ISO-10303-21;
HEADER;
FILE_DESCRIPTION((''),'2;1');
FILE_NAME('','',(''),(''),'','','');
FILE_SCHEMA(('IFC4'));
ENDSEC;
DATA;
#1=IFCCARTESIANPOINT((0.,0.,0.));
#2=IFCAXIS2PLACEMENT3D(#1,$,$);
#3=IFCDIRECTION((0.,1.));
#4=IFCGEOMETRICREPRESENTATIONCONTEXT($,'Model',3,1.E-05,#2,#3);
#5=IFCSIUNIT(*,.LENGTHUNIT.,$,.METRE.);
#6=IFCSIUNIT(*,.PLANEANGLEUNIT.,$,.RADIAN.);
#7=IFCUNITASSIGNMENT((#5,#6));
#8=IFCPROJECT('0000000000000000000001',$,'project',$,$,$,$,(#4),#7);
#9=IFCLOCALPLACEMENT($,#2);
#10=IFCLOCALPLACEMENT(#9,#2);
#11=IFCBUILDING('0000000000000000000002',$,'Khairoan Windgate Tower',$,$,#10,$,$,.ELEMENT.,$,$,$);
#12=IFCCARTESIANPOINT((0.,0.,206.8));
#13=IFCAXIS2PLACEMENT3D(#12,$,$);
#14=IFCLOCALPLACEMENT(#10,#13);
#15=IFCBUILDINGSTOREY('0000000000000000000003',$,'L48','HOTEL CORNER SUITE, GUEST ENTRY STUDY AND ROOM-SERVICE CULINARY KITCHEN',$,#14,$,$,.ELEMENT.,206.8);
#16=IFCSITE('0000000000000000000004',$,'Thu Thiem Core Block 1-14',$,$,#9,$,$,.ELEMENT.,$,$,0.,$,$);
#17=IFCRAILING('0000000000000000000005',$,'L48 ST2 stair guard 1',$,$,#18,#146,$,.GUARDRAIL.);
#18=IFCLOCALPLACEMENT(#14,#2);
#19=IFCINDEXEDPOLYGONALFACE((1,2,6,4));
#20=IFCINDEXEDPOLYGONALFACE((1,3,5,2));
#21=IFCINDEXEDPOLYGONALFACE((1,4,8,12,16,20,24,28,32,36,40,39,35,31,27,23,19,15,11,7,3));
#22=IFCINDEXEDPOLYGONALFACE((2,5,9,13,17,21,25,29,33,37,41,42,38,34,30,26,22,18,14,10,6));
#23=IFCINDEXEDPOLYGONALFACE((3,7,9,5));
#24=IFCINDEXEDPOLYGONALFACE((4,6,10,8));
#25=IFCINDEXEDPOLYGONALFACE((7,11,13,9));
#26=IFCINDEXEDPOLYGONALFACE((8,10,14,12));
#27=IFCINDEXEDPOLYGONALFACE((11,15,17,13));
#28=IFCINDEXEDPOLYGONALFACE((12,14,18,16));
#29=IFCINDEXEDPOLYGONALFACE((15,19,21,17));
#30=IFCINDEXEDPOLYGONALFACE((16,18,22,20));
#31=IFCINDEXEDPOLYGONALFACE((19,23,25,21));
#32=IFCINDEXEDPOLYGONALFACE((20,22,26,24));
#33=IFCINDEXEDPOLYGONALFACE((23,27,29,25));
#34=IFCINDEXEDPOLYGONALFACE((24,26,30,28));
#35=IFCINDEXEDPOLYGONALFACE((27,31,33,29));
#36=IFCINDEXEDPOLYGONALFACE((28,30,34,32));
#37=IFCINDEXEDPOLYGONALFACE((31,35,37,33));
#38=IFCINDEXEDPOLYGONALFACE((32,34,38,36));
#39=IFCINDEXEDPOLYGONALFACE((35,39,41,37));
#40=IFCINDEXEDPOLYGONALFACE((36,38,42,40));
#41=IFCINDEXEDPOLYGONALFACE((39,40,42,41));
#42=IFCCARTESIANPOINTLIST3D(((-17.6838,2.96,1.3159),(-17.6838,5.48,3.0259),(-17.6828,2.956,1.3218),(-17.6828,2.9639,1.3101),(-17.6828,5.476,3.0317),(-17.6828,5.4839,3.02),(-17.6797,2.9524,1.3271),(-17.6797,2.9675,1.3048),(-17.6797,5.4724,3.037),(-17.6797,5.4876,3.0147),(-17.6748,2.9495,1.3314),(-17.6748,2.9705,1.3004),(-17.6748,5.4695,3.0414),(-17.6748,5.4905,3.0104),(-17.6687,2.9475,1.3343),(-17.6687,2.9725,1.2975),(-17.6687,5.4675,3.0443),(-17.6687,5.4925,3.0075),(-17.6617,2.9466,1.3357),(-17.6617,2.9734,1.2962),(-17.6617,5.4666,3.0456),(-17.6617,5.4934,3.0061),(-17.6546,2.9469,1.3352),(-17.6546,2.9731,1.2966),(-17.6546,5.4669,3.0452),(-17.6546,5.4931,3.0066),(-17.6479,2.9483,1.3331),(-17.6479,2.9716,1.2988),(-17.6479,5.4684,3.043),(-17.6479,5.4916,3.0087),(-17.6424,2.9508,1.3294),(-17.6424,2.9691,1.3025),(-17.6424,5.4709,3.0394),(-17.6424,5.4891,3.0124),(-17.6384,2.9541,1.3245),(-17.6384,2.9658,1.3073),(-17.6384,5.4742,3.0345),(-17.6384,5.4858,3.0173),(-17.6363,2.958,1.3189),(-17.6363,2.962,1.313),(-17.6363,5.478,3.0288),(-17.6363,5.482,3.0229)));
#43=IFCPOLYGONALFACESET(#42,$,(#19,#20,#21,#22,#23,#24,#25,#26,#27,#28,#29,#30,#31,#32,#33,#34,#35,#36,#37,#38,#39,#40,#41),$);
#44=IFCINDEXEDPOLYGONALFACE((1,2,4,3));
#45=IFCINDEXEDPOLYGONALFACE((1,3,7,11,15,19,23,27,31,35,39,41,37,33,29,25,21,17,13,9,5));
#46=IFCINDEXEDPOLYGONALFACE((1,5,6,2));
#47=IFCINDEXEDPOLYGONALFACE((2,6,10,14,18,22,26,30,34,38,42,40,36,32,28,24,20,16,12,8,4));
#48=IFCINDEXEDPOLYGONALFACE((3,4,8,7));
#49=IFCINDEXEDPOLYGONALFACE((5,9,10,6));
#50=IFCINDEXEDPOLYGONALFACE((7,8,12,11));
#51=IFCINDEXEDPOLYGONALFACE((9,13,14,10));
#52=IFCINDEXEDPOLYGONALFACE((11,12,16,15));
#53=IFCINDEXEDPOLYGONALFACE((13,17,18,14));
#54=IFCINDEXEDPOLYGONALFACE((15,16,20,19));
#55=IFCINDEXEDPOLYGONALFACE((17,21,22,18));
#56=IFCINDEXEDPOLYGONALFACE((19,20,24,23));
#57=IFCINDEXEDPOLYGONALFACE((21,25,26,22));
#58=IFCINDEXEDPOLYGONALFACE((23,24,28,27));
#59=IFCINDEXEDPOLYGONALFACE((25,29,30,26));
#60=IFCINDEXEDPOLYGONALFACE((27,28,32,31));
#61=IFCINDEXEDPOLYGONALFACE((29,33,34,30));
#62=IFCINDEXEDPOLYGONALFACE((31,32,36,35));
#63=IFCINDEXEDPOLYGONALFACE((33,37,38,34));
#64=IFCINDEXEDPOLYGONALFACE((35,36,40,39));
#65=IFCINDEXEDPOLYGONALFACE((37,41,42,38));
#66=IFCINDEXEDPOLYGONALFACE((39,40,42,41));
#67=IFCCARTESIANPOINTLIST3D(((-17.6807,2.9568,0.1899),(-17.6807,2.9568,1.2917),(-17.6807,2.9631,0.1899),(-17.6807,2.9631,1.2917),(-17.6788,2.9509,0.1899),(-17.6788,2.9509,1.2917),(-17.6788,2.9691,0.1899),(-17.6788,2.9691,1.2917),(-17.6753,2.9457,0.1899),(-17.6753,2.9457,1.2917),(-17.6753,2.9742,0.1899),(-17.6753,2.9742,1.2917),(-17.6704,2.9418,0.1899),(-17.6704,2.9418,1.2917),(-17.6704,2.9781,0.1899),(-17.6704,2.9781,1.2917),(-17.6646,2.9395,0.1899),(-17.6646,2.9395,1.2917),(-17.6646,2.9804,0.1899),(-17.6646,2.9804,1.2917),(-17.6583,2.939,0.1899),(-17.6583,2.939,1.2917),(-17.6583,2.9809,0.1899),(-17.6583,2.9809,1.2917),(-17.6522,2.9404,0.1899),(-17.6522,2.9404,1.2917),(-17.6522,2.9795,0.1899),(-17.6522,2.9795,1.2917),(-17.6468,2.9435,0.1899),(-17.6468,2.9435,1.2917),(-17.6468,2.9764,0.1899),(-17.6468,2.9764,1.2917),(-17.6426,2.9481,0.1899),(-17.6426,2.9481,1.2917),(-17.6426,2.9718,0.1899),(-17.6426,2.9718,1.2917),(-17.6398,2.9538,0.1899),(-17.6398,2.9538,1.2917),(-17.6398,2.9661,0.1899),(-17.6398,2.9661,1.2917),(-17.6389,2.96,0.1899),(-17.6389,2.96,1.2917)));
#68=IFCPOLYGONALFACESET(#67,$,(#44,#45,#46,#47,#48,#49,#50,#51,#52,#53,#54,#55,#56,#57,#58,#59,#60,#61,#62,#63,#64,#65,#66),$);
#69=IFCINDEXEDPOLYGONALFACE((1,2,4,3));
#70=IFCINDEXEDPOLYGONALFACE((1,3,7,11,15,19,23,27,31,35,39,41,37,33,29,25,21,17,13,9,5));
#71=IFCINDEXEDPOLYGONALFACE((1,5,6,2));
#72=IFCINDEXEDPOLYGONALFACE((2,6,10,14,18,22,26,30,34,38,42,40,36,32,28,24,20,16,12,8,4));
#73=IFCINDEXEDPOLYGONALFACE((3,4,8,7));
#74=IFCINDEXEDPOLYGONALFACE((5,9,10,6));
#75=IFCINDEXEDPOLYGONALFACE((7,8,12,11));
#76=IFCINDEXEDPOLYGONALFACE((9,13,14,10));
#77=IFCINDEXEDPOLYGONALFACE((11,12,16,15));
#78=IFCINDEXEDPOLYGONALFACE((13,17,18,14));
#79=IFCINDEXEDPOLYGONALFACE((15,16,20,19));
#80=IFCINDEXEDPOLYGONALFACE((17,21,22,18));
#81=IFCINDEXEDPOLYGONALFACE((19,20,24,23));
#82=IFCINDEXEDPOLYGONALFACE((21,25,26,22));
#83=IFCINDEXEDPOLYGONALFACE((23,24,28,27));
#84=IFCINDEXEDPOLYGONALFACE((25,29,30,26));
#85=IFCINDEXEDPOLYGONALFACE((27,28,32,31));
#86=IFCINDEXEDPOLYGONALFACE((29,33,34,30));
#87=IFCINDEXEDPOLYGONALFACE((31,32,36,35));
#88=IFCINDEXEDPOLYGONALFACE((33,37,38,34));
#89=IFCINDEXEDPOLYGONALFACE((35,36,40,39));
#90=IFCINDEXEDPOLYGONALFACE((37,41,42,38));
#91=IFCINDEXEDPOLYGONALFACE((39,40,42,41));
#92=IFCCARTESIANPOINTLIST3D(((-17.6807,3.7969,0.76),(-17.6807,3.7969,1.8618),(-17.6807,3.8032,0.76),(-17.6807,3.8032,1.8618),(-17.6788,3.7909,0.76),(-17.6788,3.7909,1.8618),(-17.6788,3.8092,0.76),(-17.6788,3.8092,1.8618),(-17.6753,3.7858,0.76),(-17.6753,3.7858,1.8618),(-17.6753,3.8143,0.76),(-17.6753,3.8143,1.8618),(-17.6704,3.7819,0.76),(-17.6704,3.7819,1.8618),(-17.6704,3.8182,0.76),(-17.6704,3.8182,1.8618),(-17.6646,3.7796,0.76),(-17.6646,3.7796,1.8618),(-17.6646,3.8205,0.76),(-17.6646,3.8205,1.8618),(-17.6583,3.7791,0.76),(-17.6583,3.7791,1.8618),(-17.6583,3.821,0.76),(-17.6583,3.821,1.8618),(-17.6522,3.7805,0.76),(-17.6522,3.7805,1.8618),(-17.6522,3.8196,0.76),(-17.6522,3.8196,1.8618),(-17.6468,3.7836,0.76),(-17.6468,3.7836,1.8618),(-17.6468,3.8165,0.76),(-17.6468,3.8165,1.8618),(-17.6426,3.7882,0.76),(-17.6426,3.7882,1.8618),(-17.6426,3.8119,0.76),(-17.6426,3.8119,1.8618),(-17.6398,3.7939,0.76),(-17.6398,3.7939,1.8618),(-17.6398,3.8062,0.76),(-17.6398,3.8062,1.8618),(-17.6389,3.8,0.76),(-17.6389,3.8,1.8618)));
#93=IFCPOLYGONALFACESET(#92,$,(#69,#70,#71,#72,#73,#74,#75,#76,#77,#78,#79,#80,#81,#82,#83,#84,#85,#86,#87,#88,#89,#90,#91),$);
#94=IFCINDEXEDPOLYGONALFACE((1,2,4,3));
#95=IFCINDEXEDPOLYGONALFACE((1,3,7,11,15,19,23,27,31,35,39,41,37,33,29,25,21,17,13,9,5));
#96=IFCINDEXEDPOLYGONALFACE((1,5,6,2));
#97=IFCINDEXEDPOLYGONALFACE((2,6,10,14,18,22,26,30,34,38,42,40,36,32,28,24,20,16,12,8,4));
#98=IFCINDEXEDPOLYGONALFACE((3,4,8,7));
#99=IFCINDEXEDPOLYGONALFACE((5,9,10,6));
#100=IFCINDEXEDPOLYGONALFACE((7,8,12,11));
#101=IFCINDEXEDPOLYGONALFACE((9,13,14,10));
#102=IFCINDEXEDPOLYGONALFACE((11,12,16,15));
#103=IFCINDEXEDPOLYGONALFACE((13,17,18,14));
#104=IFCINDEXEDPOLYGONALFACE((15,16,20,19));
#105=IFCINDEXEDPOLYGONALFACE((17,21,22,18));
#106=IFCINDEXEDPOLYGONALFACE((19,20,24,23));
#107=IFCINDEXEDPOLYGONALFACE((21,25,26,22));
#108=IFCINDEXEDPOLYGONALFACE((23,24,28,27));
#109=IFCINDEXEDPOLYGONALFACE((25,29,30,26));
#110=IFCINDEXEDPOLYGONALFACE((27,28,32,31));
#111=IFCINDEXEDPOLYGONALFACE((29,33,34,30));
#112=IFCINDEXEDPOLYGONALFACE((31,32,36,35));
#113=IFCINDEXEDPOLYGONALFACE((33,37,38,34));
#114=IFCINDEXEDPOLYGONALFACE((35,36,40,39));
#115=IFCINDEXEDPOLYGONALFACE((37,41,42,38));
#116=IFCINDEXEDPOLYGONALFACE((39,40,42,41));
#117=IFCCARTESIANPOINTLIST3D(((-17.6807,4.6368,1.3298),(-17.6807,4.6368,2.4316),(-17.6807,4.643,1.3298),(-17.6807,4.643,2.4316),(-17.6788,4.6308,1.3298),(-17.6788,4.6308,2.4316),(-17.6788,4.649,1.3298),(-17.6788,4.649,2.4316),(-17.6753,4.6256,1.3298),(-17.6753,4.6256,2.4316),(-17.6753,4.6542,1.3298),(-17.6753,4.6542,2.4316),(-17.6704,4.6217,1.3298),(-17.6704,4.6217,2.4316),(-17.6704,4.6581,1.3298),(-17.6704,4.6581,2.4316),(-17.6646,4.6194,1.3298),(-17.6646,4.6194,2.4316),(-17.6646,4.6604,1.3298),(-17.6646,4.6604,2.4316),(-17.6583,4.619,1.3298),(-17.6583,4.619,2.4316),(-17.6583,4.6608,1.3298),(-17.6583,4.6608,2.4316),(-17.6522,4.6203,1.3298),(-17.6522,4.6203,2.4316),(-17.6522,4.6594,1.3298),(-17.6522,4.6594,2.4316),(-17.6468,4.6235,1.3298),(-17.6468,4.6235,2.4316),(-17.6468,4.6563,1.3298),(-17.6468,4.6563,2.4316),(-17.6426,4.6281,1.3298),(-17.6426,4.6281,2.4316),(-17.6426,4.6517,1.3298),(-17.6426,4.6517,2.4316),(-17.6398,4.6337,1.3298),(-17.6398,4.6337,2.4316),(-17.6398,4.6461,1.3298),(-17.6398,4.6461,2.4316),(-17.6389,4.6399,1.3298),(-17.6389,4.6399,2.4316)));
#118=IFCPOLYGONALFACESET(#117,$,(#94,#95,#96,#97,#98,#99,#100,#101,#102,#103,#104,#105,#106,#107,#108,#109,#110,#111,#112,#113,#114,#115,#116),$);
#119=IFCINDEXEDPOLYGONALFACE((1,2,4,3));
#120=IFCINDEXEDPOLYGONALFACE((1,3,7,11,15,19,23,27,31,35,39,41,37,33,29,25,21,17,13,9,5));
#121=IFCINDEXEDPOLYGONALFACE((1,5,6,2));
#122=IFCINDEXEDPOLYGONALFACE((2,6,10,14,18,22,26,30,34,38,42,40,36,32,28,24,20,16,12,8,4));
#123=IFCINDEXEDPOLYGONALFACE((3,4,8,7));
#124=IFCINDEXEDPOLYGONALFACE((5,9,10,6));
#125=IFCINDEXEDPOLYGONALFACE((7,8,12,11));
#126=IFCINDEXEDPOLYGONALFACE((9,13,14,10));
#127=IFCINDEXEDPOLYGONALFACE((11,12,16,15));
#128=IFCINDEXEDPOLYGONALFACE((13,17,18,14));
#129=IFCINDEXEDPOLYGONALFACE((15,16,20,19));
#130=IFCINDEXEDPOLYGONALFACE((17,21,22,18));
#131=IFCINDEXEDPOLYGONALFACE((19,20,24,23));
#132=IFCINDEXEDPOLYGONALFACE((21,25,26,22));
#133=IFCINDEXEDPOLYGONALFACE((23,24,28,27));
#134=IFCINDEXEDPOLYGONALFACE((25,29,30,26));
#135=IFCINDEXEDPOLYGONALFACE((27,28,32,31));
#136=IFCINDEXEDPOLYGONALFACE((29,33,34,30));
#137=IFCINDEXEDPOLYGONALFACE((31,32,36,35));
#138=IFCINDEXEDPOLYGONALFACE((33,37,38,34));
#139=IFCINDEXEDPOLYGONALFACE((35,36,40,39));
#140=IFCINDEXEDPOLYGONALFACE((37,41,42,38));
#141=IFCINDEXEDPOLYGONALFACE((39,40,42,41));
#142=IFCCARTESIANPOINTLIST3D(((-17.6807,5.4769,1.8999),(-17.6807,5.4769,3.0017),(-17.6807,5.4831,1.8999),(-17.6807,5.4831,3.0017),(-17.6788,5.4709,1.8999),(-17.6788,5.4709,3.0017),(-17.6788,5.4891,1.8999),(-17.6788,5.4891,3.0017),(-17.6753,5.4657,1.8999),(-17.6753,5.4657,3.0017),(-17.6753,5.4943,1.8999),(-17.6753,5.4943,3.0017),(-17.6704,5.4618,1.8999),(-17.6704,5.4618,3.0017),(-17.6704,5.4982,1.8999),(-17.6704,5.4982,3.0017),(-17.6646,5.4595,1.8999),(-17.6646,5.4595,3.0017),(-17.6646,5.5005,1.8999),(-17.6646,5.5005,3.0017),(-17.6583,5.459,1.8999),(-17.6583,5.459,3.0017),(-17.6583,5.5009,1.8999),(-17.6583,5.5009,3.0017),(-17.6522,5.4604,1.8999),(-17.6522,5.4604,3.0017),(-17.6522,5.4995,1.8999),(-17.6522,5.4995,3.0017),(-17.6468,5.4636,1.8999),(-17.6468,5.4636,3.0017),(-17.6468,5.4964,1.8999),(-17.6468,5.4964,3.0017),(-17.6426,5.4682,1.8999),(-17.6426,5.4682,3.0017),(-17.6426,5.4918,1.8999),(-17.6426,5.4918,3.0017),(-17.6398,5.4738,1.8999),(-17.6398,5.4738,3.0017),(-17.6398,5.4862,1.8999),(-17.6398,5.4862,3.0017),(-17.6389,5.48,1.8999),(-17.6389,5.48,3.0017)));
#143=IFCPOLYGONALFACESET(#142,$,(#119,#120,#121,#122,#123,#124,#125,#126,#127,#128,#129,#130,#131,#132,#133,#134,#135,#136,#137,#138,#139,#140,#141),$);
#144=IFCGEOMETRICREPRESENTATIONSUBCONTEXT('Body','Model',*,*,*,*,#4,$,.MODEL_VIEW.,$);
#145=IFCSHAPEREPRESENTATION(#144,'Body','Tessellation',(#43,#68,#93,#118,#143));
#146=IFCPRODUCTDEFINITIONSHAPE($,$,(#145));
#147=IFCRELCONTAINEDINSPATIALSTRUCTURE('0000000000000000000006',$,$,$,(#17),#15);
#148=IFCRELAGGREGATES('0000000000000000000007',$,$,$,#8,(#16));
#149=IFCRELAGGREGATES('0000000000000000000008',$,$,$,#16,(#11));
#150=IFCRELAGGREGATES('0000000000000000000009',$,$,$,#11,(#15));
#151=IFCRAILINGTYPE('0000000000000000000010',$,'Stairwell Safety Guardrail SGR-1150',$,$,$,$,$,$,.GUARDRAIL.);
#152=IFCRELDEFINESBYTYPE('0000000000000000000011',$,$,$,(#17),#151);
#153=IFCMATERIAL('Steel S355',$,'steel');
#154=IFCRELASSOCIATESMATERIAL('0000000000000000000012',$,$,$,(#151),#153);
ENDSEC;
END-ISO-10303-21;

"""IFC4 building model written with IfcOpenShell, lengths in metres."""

from ifc_helpers import new_model, si_unit, direction, frame, origin, origin_2d, place, context, subcontext, project, spatial, circle, extrude, material, type_object, element, save


model = new_model("IFC4")

# Units and contexts
model_context = context("Model", 3, precision=1e-05, world=origin(), true_north=direction((0.0, 1.0)))
body_context = subcontext(model_context, "Body", "Model", "MODEL_VIEW")
ifc_project = project(units=[si_unit("LENGTHUNIT", "METRE"), si_unit("PLANEANGLEUNIT", "RADIAN")], contexts=[model_context])

# Site, building, storey
site_placement = place(None, origin())
site = spatial("IfcSite", under=ifc_project, at=site_placement, Name="Thu Thiem Core Block 1-14", CompositionType="ELEMENT", RefElevation=0.0)
building_placement = place(site_placement, origin())
building = spatial("IfcBuilding", under=site, at=building_placement, Name="Khairoan Windgate Tower", CompositionType="ELEMENT")
storey_placement = place(building_placement, frame((0.0, 0.0, 206.8)))
storey = spatial("IfcBuildingStorey", under=building, at=storey_placement, Name="L48", Description="HOTEL CORNER SUITE, GUEST ENTRY STUDY AND ROOM-SERVICE CULINARY KITCHEN", CompositionType="ELEMENT", Elevation=206.8)

# Railing
ifc_material_1 = material(Name="Steel S355", Category="steel")
railing_type_1 = type_object("IfcRailingType", Name="Stairwell Safety Guardrail SGR-1150", PredefinedType="GUARDRAIL", material=ifc_material_1)
railing_1_placement = place(storey_placement, frame((-17.6599, 2.96, 0.1899)))
element("IfcRailing", 1, at=railing_1_placement, inside=storey, type_object=railing_type_1, Name="L48 ST2 stair guard 1", PredefinedType="GUARDRAIL", context=body_context, shape_type="SweptSolid", body=[
    extrude(circle(Radius=0.0239, at=origin_2d()), frame((0.0, 0.0, 1.126), z_axis=(0.0, 0.827484, 0.56149), x_axis=(-1.0, 0.0, 0.0)), (0.0, 0.0, 1.0), 3.0454),
    extrude(circle(Radius=0.021, at=origin_2d()), origin(), (0.0, 0.0, 1.0), 1.1018),
    extrude(circle(Radius=0.021, at=origin_2d()), frame((0.0, 0.8401, 0.5701)), (0.0, 0.0, 1.0), 1.1018),
    extrude(circle(Radius=0.021, at=origin_2d()), frame((0.0, 1.6799, 1.1399)), (0.0, 0.0, 1.0), 1.1018),
    extrude(circle(Radius=0.021, at=origin_2d()), frame((0.0, 2.52, 1.71)), (0.0, 0.0, 1.0), 1.1018),
])

save(model, "model.ifc")
